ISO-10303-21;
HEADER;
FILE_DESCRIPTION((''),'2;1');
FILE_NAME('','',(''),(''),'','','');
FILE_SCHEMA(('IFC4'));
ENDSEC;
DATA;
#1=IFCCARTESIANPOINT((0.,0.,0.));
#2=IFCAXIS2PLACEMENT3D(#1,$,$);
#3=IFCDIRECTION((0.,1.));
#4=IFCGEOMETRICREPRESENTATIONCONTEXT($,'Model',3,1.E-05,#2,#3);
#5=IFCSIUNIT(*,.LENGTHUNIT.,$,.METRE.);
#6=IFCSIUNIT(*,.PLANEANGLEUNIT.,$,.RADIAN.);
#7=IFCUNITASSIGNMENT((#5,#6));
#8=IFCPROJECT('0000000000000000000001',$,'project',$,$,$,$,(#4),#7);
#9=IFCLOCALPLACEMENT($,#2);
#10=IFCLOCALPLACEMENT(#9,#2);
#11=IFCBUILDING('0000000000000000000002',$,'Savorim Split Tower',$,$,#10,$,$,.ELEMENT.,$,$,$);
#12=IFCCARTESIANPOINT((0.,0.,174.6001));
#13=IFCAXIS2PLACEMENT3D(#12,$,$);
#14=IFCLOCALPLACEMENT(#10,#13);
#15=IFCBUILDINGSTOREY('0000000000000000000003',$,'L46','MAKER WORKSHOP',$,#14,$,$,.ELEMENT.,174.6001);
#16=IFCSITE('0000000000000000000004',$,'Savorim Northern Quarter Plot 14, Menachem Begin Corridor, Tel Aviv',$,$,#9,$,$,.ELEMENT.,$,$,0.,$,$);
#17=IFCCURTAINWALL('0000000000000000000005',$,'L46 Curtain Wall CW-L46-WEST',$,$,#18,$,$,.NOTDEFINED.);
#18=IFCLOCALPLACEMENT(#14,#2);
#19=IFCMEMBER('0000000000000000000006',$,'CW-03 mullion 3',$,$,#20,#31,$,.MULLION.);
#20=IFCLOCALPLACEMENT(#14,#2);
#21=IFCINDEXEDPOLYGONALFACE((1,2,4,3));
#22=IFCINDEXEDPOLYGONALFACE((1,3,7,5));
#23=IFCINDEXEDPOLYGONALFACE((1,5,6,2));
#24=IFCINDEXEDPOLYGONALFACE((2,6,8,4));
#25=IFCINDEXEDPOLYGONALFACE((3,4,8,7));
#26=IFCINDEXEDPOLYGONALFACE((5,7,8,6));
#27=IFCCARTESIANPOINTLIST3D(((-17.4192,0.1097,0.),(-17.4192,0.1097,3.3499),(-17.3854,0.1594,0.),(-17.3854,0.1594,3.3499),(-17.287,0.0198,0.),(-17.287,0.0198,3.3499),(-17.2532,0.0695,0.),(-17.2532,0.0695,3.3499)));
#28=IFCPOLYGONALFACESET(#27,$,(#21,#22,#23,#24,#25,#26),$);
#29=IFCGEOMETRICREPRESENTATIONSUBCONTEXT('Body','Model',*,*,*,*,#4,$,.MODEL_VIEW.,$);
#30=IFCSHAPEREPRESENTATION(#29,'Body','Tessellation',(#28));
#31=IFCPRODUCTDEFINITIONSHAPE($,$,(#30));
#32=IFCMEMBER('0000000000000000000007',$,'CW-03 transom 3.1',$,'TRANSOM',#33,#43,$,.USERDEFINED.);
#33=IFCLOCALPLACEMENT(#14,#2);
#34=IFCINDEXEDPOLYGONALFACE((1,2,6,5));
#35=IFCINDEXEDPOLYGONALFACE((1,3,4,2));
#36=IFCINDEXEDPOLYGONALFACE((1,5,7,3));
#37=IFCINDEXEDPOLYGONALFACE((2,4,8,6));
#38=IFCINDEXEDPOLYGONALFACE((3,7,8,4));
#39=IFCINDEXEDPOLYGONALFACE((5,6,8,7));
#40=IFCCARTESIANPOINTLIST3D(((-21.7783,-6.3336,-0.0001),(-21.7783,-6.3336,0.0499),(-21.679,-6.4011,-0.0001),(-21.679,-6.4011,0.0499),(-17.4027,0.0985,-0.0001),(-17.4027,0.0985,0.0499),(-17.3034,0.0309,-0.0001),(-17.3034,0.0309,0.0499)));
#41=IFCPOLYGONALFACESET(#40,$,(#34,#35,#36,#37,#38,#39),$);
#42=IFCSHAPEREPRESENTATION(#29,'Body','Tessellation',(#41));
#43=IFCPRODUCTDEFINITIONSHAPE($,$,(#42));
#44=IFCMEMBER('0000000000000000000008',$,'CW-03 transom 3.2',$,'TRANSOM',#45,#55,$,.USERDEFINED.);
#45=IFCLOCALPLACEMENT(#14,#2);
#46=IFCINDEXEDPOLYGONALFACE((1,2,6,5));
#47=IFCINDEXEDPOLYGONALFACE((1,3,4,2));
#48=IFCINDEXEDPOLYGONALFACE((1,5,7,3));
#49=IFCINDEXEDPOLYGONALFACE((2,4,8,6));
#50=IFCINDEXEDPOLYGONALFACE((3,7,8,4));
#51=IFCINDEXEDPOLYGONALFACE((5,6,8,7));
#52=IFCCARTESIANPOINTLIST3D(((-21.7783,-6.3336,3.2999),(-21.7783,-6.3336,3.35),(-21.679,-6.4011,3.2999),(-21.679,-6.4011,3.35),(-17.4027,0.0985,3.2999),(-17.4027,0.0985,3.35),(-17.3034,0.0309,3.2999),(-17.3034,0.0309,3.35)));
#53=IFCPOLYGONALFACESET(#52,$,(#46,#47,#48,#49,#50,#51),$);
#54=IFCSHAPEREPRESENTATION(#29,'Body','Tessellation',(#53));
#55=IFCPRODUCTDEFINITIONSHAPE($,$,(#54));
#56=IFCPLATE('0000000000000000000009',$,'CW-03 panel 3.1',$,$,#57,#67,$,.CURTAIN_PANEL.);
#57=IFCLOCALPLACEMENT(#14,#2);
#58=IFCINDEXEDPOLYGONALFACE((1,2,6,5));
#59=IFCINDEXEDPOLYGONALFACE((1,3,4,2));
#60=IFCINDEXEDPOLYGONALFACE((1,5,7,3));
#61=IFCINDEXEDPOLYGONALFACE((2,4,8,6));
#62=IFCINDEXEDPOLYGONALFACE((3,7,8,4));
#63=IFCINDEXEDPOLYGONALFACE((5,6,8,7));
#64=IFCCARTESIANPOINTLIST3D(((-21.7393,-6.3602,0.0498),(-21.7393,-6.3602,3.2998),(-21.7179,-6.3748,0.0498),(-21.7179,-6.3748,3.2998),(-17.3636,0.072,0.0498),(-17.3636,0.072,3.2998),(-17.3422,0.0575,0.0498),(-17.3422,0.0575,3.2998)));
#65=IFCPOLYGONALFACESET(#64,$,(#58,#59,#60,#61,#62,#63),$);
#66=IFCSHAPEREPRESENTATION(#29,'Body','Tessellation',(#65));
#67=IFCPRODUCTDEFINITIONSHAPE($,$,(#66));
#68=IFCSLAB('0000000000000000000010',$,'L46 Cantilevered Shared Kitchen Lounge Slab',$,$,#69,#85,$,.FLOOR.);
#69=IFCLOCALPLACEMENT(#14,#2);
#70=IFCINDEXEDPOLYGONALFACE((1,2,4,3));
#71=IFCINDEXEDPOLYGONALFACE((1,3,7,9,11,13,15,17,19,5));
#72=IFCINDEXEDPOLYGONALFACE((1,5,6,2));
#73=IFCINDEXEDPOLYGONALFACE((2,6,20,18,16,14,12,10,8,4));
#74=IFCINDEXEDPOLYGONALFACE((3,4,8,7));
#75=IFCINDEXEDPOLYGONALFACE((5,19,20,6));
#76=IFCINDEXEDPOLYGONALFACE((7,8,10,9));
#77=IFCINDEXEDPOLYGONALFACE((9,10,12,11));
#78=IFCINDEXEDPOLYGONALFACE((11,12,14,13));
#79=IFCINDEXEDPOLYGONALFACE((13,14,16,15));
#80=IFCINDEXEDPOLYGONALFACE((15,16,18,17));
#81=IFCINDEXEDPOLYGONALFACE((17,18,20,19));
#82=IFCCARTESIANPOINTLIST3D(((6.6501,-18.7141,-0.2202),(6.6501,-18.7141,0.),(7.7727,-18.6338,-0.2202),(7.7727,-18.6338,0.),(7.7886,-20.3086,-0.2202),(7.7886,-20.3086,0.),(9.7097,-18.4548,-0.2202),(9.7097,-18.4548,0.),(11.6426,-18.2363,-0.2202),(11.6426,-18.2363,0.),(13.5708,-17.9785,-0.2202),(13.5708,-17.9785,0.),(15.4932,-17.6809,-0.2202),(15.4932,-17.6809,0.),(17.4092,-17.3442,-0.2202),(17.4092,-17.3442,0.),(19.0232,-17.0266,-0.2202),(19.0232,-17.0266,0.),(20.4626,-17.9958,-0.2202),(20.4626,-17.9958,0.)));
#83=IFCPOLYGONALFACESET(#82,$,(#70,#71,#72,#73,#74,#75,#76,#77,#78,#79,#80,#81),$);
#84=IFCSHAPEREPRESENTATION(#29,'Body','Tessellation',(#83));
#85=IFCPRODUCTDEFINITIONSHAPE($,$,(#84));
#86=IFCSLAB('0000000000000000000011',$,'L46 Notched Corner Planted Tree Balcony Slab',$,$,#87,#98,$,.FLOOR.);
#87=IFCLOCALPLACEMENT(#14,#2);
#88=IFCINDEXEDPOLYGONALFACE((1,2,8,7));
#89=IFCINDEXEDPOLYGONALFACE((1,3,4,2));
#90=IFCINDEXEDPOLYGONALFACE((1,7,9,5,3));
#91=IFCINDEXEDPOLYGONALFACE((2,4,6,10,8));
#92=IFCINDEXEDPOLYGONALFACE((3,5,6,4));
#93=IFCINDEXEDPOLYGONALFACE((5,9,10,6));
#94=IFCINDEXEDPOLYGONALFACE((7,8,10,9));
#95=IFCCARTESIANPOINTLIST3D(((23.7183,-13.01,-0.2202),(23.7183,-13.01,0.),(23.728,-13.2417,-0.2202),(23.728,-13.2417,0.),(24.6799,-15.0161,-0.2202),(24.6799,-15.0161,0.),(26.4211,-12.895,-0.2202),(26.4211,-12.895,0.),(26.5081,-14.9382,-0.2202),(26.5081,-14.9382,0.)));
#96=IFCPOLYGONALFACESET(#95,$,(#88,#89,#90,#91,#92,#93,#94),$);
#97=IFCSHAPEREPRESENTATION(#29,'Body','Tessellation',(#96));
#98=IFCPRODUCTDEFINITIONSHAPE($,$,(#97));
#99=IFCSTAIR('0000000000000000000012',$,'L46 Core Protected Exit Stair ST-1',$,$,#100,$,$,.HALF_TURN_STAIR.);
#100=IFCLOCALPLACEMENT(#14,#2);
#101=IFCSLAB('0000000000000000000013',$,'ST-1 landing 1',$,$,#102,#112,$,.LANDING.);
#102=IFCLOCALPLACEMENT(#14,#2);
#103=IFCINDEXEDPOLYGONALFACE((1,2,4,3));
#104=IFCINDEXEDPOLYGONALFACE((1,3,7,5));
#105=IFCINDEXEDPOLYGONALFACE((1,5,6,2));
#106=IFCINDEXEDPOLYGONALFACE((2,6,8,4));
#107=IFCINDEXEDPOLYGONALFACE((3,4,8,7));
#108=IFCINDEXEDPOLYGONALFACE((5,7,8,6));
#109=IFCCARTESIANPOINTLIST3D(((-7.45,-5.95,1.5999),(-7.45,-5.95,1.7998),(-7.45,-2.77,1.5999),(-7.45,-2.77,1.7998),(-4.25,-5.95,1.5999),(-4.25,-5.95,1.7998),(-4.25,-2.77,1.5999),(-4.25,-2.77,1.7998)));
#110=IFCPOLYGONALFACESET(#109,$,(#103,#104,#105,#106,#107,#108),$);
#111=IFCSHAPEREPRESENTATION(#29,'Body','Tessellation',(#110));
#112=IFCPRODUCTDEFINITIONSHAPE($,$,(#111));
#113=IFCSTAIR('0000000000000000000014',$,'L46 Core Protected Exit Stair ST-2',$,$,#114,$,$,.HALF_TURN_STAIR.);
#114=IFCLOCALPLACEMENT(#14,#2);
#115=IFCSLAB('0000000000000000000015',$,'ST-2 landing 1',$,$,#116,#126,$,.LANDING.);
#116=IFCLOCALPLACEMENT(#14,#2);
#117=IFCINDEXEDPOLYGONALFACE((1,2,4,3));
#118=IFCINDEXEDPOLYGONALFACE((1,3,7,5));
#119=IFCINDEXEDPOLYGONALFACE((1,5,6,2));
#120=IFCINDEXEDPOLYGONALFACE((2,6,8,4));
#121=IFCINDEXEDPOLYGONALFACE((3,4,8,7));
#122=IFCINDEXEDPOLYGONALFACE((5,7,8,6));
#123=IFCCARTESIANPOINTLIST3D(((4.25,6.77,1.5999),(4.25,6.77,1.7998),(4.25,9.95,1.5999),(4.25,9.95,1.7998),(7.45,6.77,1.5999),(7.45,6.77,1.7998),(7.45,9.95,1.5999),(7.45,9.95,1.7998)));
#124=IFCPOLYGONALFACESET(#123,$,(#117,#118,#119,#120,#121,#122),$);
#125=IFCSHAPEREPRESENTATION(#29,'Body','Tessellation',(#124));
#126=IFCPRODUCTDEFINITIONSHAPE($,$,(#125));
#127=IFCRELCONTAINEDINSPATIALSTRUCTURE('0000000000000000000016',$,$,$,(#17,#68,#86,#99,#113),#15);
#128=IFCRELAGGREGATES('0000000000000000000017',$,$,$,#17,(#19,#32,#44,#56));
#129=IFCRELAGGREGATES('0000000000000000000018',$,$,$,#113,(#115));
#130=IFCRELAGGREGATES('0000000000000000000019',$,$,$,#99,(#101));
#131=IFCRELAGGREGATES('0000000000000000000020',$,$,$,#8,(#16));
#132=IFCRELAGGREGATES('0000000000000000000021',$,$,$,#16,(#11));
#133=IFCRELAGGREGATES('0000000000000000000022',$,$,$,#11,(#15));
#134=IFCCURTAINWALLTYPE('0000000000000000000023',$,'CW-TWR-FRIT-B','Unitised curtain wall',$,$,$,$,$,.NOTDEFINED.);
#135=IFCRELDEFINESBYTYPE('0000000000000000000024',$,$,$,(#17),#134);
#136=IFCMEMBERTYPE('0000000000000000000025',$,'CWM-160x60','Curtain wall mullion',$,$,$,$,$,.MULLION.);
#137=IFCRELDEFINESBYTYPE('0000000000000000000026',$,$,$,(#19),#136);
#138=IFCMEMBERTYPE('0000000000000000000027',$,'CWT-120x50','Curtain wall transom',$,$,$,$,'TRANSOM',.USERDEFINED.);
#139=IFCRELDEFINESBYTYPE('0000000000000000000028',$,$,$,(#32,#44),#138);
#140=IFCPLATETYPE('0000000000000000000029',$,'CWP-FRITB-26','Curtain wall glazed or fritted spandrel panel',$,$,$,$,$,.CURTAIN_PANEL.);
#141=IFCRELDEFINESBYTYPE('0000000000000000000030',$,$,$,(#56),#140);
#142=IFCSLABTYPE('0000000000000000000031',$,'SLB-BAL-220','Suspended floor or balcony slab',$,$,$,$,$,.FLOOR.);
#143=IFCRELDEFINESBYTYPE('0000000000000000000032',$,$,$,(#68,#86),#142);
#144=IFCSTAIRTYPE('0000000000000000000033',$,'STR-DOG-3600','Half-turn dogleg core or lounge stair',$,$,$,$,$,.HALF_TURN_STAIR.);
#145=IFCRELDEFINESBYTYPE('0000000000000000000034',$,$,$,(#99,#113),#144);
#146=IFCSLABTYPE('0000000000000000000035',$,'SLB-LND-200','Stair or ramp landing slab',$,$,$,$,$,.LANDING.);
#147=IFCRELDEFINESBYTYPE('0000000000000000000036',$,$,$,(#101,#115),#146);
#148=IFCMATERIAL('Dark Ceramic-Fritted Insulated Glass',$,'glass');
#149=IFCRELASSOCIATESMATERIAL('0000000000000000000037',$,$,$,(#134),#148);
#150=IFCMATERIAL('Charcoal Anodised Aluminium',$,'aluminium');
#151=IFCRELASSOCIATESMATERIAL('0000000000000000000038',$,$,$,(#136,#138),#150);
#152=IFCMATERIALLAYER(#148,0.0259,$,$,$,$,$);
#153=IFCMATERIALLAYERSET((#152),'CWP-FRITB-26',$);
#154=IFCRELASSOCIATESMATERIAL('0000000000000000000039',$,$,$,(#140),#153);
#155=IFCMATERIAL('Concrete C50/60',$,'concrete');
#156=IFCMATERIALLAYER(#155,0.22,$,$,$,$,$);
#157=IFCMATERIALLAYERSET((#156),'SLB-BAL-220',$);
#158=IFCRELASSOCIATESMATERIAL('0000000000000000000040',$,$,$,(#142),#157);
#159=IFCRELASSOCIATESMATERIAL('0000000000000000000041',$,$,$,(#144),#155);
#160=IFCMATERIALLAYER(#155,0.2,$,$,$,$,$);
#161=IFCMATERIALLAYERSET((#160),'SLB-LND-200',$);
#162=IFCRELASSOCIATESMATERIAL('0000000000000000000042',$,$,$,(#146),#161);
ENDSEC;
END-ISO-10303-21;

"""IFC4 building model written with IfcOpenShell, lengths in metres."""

from ifc_helpers import new_model, si_unit, direction, frame, origin, origin_2d, place, context, subcontext, project, spatial, polyline, rectangle, outline, extrude, material, layer, layer_set, material_profile, profile_set, type_object, element, aggregate, save


model = new_model("IFC4")

# Units and contexts
model_context = context("Model", 3, precision=1e-05, world=origin(), true_north=direction((0.0, 1.0)))
body_context = subcontext(model_context, "Body", "Model", "MODEL_VIEW")
ifc_project = project(units=[si_unit("LENGTHUNIT", "METRE"), si_unit("PLANEANGLEUNIT", "RADIAN")], contexts=[model_context])

# Site, building, storey
site_placement = place(None, origin())
site = spatial("IfcSite", under=ifc_project, at=site_placement, Name="Savorim Northern Quarter Plot 14, Menachem Begin Corridor, Tel Aviv", CompositionType="ELEMENT", RefElevation=0.0)
building_placement = place(site_placement, origin())
building = spatial("IfcBuilding", under=site, at=building_placement, Name="Savorim Split Tower", CompositionType="ELEMENT")
storey_placement = place(building_placement, frame((0.0, 0.0, 174.6001)))
storey = spatial("IfcBuildingStorey", under=building, at=storey_placement, Name="L46", Description="MAKER WORKSHOP", CompositionType="ELEMENT", Elevation=174.6001)

# Curtain wall, members, plate
ifc_material_1 = material(Name="Dark Ceramic-Fritted Insulated Glass", Category="glass")
curtain_wall_type = type_object("IfcCurtainWallType", Name="CW-TWR-FRIT-B", Description="Unitised curtain wall", PredefinedType="NOTDEFINED", material=ifc_material_1)
curtain_wall_placement = place(storey_placement, origin())
curtain_wall = element("IfcCurtainWall", 1, at=curtain_wall_placement, inside=storey, type_object=curtain_wall_type, Name="L46 Curtain Wall CW-L46-WEST", PredefinedType="NOTDEFINED")
ifc_material_2 = material(Name="Charcoal Anodised Aluminium", Category="aluminium")
ifc_material_profile_1 = material_profile(ifc_material_2, rectangle(XDim=0.1599, YDim=0.0601, at=origin_2d()), Name="ALU-M 160x60")
ifc_profile_set_1 = profile_set([ifc_material_profile_1], Name="Charcoal Anodised Aluminium")
member_type_1 = type_object("IfcMemberType", Name="CWM-160x60", Description="Curtain wall mullion", PredefinedType="MULLION", material=ifc_profile_set_1)
member_1_placement = place(storey_placement, frame((-17.3362, 0.0896, 0.0), z_axis=(0.0, 0.0, 1.0), x_axis=(0.826819, -0.562468, 0.0)))
member_1 = element("IfcMember", 2, at=member_1_placement, type_object=member_type_1, Name="CW-03 mullion 3", PredefinedType="MULLION", context=body_context, shape_type="SweptSolid", body=[
    extrude(rectangle(XDim=0.1599, YDim=0.0601, at=origin_2d()), origin(), (0.0, 0.0, 1.0), 3.3499),
])
ifc_material_profile_2 = material_profile(ifc_material_2, rectangle(XDim=0.1201, YDim=0.05, at=origin_2d()), Name="ALU-T 120x50")
ifc_profile_set_2 = profile_set([ifc_material_profile_2], Name="Charcoal Anodised Aluminium")
member_type_2 = type_object("IfcMemberType", Name="CWT-120x50", Description="Curtain wall transom", ElementType="TRANSOM", PredefinedType="USERDEFINED", material=ifc_profile_set_2)
member_2_placement = place(storey_placement, frame((-17.353, 0.0647, 0.0249), z_axis=(-0.562476, -0.826814, 0.0), x_axis=(0.826814, -0.562476, 0.0)))
member_2 = element("IfcMember", 3, at=member_2_placement, type_object=member_type_2, Name="CW-03 transom 3.1", ObjectType="TRANSOM", PredefinedType="USERDEFINED", context=body_context, shape_type="SweptSolid", body=[
    extrude(rectangle(XDim=0.1201, YDim=0.05, at=origin_2d()), origin(), (0.0, 0.0, 1.0), 7.7793),
])
member_3_placement = place(storey_placement, frame((-17.353, 0.0647, 3.325), z_axis=(-0.562476, -0.826814, 0.0), x_axis=(0.826814, -0.562476, 0.0)))
member_3 = element("IfcMember", 4, at=member_3_placement, type_object=member_type_2, Name="CW-03 transom 3.2", ObjectType="TRANSOM", PredefinedType="USERDEFINED", context=body_context, shape_type="SweptSolid", body=[
    extrude(rectangle(XDim=0.1201, YDim=0.05, at=origin_2d()), origin(), (0.0, 0.0, 1.0), 7.7793),
])
ifc_layer_1 = layer(ifc_material_1, 0.0259)
ifc_layer_set_1 = layer_set([ifc_layer_1], Name="CWP-FRITB-26")
plate_type = type_object("IfcPlateType", Name="CWP-FRITB-26", Description="Curtain wall glazed or fritted spandrel panel", PredefinedType="CURTAIN_PANEL", material=ifc_layer_set_1)
plate_placement = place(storey_placement, frame((-19.5408, -3.1514, 0.0498), z_axis=(0.0, 0.0, 1.0), x_axis=(-0.562468, -0.826819, 0.0)))
plate = element("IfcPlate", 5, at=plate_placement, type_object=plate_type, Name="CW-03 panel 3.1", PredefinedType="CURTAIN_PANEL", context=body_context, shape_type="SweptSolid", body=[
    extrude(rectangle(XDim=7.7795, YDim=0.0259, at=origin_2d()), origin(), (0.0, 0.0, 1.0), 3.25),
])
aggregate(curtain_wall, [member_1, member_2, member_3, plate])

# Slabs
ifc_material_3 = material(Name="Concrete C50/60", Category="concrete")
ifc_layer_2 = layer(ifc_material_3, 0.22)
ifc_layer_set_2 = layer_set([ifc_layer_2], Name="SLB-BAL-220")
slab_type_1 = type_object("IfcSlabType", Name="SLB-BAL-220", Description="Suspended floor or balcony slab", PredefinedType="FLOOR", material=ifc_layer_set_2)
slab_1_placement = place(storey_placement, frame((0.0, 0.0, -0.2202)))
element("IfcSlab", 6, at=slab_1_placement, inside=storey, type_object=slab_type_1, Name="L46 Cantilevered Shared Kitchen Lounge Slab", PredefinedType="FLOOR", context=body_context, shape_type="SweptSolid", body=[
    extrude(outline(polyline([(19.0232, -17.0266), (17.4092, -17.3442), (15.4932, -17.6809), (13.5708, -17.9785), (11.6426, -18.2363), (9.7097, -18.4548), (7.7727, -18.6338), (6.6501, -18.7141), (7.7886, -20.3086), (20.4626, -17.9958), (19.0232, -17.0266)])), origin(), (0.0, 0.0, 1.0), 0.2202),
])
slab_2_placement = place(storey_placement, frame((0.0, 0.0, -0.2202)))
element("IfcSlab", 7, at=slab_2_placement, inside=storey, type_object=slab_type_1, Name="L46 Notched Corner Planted Tree Balcony Slab", PredefinedType="FLOOR", context=body_context, shape_type="SweptSolid", body=[
    extrude(outline(polyline([(26.4211, -12.895), (23.7183, -13.01), (23.728, -13.2417), (24.6799, -15.0161), (26.5081, -14.9382), (26.4211, -12.895)])), origin(), (0.0, 0.0, 1.0), 0.2202),
])

# Stairs, slabs
stair_type = type_object("IfcStairType", Name="STR-DOG-3600", Description="Half-turn dogleg core or lounge stair", PredefinedType="HALF_TURN_STAIR", material=ifc_material_3)
stair_1_placement = place(storey_placement, origin())
stair_1 = element("IfcStair", 8, at=stair_1_placement, inside=storey, type_object=stair_type, Name="L46 Core Protected Exit Stair ST-1", PredefinedType="HALF_TURN_STAIR")
ifc_layer_3 = layer(ifc_material_3, 0.2)
ifc_layer_set_3 = layer_set([ifc_layer_3], Name="SLB-LND-200")
slab_type_2 = type_object("IfcSlabType", Name="SLB-LND-200", Description="Stair or ramp landing slab", PredefinedType="LANDING", material=ifc_layer_set_3)
slab_3_placement = place(storey_placement, frame((0.0, 0.0, 1.5999)))
slab_3 = element("IfcSlab", 9, at=slab_3_placement, type_object=slab_type_2, Name="ST-1 landing 1", PredefinedType="LANDING", context=body_context, shape_type="SweptSolid", body=[
    extrude(outline(polyline([(-7.45, -2.77), (-7.45, -5.95), (-4.25, -5.95), (-4.25, -2.77), (-7.45, -2.77)])), origin(), (0.0, 0.0, 1.0), 0.2),
])
stair_2_placement = place(storey_placement, origin())
stair_2 = element("IfcStair", 10, at=stair_2_placement, inside=storey, type_object=stair_type, Name="L46 Core Protected Exit Stair ST-2", PredefinedType="HALF_TURN_STAIR")
slab_4_placement = place(storey_placement, frame((0.0, 0.0, 1.5999)))
slab_4 = element("IfcSlab", 11, at=slab_4_placement, type_object=slab_type_2, Name="ST-2 landing 1", PredefinedType="LANDING", context=body_context, shape_type="SweptSolid", body=[
    extrude(outline(polyline([(7.45, 6.77), (7.45, 9.95), (4.25, 9.95), (4.25, 6.77), (7.45, 6.77)])), origin(), (0.0, 0.0, 1.0), 0.2),
])
aggregate(stair_2, [slab_4])

aggregate(stair_1, [slab_3])

save(model, "model.ifc")
